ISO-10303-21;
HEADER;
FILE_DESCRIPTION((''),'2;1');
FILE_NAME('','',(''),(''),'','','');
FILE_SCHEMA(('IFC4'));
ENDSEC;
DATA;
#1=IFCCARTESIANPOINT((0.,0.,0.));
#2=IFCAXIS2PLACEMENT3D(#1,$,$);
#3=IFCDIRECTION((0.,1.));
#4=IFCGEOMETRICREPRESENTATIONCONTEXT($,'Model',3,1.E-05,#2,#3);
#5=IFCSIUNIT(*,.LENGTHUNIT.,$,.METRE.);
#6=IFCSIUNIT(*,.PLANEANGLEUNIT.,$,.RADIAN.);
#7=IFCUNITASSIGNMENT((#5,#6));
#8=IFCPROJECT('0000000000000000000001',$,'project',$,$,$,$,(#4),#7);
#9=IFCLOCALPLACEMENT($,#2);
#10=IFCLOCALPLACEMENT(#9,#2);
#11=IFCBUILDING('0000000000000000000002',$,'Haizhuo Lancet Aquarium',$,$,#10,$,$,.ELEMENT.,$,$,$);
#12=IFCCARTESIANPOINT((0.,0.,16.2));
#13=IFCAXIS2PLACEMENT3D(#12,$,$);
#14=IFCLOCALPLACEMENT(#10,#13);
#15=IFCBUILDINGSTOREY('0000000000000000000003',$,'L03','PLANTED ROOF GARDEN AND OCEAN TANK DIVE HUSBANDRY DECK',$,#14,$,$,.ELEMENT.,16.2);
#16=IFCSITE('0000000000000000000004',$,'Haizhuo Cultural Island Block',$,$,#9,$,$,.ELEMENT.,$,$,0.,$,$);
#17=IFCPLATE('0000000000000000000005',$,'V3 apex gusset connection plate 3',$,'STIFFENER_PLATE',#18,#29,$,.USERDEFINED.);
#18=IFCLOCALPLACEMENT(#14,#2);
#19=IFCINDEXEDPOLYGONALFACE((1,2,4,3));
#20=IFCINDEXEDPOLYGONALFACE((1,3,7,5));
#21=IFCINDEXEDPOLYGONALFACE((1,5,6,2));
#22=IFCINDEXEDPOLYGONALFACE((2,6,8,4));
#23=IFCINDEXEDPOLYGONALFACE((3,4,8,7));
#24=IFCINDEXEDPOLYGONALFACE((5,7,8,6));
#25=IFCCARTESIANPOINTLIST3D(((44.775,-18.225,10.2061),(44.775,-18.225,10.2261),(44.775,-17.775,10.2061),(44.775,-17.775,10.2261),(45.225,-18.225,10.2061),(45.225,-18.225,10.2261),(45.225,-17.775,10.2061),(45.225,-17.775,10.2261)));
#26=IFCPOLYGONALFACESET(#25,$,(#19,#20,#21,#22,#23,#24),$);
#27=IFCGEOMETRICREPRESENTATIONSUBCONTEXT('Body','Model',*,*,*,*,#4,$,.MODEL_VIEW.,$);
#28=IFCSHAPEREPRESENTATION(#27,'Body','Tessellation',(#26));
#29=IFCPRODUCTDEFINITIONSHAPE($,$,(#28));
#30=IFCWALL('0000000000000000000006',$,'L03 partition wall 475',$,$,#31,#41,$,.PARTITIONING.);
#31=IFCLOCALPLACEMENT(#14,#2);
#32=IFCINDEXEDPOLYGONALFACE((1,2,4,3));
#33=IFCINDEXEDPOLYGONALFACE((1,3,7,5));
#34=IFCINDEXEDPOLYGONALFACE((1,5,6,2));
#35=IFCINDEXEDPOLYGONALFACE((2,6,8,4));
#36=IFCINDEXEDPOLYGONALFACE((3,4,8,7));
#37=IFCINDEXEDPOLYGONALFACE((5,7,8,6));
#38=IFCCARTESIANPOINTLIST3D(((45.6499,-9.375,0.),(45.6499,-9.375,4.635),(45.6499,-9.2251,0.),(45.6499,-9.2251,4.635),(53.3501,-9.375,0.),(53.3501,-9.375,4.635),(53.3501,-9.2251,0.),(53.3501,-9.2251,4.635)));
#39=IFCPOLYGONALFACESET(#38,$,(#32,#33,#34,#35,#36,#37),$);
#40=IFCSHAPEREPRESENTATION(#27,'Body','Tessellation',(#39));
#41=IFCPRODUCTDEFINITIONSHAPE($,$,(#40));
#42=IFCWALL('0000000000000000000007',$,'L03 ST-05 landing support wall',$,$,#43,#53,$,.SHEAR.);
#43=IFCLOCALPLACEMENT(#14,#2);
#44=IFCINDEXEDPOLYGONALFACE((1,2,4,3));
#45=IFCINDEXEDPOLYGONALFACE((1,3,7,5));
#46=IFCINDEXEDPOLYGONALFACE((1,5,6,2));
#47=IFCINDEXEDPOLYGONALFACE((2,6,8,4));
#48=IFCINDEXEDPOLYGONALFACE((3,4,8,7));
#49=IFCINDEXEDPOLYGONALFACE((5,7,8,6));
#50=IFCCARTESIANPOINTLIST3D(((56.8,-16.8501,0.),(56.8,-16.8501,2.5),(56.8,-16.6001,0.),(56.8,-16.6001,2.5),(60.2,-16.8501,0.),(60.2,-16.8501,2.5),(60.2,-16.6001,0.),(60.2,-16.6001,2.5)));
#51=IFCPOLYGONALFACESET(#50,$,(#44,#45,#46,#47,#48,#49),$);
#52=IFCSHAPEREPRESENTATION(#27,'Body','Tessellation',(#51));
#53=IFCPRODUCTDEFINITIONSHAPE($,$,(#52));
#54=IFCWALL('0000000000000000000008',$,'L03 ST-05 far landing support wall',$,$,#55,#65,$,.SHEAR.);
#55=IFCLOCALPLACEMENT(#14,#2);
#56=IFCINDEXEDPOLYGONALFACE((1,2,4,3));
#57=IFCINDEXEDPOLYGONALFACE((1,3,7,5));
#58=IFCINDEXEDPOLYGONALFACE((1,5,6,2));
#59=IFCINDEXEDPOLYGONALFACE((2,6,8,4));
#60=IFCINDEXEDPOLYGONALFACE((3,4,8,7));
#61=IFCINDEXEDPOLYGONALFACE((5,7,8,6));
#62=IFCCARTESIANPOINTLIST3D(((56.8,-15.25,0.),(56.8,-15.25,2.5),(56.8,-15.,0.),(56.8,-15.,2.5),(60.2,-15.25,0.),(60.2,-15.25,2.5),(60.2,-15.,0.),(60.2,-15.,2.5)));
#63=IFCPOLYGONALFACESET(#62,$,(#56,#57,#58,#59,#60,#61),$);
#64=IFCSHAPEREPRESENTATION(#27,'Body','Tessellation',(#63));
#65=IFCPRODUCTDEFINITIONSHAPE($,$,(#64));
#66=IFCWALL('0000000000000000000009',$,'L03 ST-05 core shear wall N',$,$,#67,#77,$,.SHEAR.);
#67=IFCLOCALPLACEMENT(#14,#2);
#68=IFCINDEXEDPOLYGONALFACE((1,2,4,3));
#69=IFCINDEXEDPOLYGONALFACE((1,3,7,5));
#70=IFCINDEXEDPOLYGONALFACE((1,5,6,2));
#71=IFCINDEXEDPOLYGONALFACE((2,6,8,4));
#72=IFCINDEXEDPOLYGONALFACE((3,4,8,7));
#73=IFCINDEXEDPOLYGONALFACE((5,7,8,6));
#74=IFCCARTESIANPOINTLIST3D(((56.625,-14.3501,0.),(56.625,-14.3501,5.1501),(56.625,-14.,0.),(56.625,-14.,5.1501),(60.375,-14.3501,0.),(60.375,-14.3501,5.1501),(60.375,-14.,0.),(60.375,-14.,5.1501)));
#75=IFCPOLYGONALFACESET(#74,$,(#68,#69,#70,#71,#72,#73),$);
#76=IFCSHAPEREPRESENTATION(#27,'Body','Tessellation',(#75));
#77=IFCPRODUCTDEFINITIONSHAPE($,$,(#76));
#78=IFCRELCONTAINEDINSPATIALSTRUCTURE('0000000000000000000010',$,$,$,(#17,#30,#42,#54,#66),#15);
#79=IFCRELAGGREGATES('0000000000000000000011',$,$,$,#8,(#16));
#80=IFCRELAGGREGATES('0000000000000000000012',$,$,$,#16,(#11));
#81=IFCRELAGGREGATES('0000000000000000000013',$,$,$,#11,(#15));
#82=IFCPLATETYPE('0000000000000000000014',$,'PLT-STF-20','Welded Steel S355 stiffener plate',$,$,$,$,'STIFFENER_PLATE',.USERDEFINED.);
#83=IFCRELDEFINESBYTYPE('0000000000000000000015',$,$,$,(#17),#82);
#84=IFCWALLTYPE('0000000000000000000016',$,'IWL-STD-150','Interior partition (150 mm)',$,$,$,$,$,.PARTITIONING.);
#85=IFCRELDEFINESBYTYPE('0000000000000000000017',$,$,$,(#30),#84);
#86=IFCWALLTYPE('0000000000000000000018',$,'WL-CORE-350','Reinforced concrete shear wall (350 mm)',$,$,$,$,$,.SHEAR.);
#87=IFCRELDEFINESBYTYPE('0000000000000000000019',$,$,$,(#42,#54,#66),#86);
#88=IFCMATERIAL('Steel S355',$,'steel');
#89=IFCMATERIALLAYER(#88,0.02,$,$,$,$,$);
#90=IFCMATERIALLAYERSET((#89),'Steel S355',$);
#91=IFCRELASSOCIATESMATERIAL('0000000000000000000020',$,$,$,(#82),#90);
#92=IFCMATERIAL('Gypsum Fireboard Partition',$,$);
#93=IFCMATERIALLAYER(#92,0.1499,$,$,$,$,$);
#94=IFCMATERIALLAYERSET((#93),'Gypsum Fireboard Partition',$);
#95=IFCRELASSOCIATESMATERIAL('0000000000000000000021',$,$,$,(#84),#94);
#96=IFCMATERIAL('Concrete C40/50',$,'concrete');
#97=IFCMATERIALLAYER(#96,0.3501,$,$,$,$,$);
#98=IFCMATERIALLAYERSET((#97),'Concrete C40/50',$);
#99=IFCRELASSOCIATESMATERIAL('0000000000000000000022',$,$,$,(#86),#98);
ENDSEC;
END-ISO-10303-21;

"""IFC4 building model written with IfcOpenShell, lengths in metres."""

from ifc_helpers import new_model, si_unit, direction, frame, frame_2d, origin, origin_2d, place, context, subcontext, project, spatial, rectangle, extrude, material, layer, layer_set, type_object, element, save


model = new_model("IFC4")

# Units and contexts
model_context = context("Model", 3, precision=1e-05, world=origin(), true_north=direction((0.0, 1.0)))
body_context = subcontext(model_context, "Body", "Model", "MODEL_VIEW")
ifc_project = project(units=[si_unit("LENGTHUNIT", "METRE"), si_unit("PLANEANGLEUNIT", "RADIAN")], contexts=[model_context])

# Site, building, storey
site_placement = place(None, origin())
site = spatial("IfcSite", under=ifc_project, at=site_placement, Name="Haizhuo Cultural Island Block", CompositionType="ELEMENT", RefElevation=0.0)
building_placement = place(site_placement, origin())
building = spatial("IfcBuilding", under=site, at=building_placement, Name="Haizhuo Lancet Aquarium", CompositionType="ELEMENT")
storey_placement = place(building_placement, frame((0.0, 0.0, 16.2)))
storey = spatial("IfcBuildingStorey", under=building, at=storey_placement, Name="L03", Description="PLANTED ROOF GARDEN AND OCEAN TANK DIVE HUSBANDRY DECK", CompositionType="ELEMENT", Elevation=16.2)

# Shared definitions
ifc_material_1 = material(Name="Concrete C40/50", Category="concrete")

# Shared definitions
ifc_material_2 = material(Name="Steel S355", Category="steel")

# Plate
ifc_layer_1 = layer(ifc_material_2, 0.02)
ifc_layer_set_1 = layer_set([ifc_layer_1], Name="Steel S355")
plate_type_1 = type_object("IfcPlateType", Name="PLT-STF-20", Description="Welded Steel S355 stiffener plate", ElementType="STIFFENER_PLATE", PredefinedType="USERDEFINED", material=ifc_layer_set_1)
plate_1_placement = place(storey_placement, frame((45.0, -18.0, 10.2061), z_axis=(0.0, 0.0, 1.0), x_axis=(1.0, 0.0, 0.0)))
element("IfcPlate", 1, at=plate_1_placement, inside=storey, type_object=plate_type_1, Name="V3 apex gusset connection plate 3", ObjectType="STIFFENER_PLATE", PredefinedType="USERDEFINED", context=body_context, shape_type="SweptSolid", body=[
    extrude(rectangle(XDim=0.45, YDim=0.45, at=origin_2d()), origin(), (0.0, 0.0, 1.0), 0.02),
])

# Walls
ifc_material_3 = material(Name="Gypsum Fireboard Partition")
ifc_layer_2 = layer(ifc_material_3, 0.1499)
ifc_layer_set_2 = layer_set([ifc_layer_2], Name="Gypsum Fireboard Partition")
wall_type_1 = type_object("IfcWallType", Name="IWL-STD-150", Description="Interior partition (150 mm)", PredefinedType="PARTITIONING", material=ifc_layer_set_2)
wall_1_placement = place(storey_placement, frame((53.3501, -9.3, 0.0), z_axis=(0.0, 0.0, 1.0), x_axis=(-1.0, 0.0, 0.0)))
element("IfcWall", 2, at=wall_1_placement, inside=storey, type_object=wall_type_1, Name="L03 partition wall 475", PredefinedType="PARTITIONING", context=body_context, shape_type="SweptSolid", body=[
    extrude(rectangle(XDim=7.7002, YDim=0.1499, at=frame_2d((3.8501, 0.0))), origin(), (0.0, 0.0, 1.0), 4.635),
])
ifc_layer_3 = layer(ifc_material_1, 0.3501)
ifc_layer_set_3 = layer_set([ifc_layer_3], Name="Concrete C40/50")
wall_type_2 = type_object("IfcWallType", Name="WL-CORE-350", Description="Reinforced concrete shear wall (350 mm)", PredefinedType="SHEAR", material=ifc_layer_set_3)
for number, where, z_axis, x_axis, name in (
    (3, (56.8, -16.7251, 0.0), (0.0, 0.0, 1.0), (1.0, 0.0, 0.0), "L03 ST-05 landing support wall"),
    (4, (56.8, -15.125, 0.0), (0.0, 0.0, 1.0), (1.0, 0.0, 0.0), "L03 ST-05 far landing support wall"),
):
    element("IfcWall", number, at=place(storey_placement, frame(where, z_axis=z_axis, x_axis=x_axis)), inside=storey, type_object=wall_type_2, Name=name, PredefinedType="SHEAR", context=body_context, shape_type="SweptSolid", body=[
        extrude(rectangle(XDim=3.3999, YDim=0.25, at=frame_2d((1.7, 0.0))), origin(), (0.0, 0.0, 1.0), 2.5),
    ])
wall_2_placement = place(storey_placement, frame((56.625, -14.175, 0.0), z_axis=(0.0, 0.0, 1.0), x_axis=(1.0, 0.0, 0.0)))
element("IfcWall", 5, at=wall_2_placement, inside=storey, type_object=wall_type_2, Name="L03 ST-05 core shear wall N", PredefinedType="SHEAR", context=body_context, shape_type="SweptSolid", body=[
    extrude(rectangle(XDim=3.75, YDim=0.3501, at=frame_2d((1.875, 0.0))), origin(), (0.0, 0.0, 1.0), 5.1501),
])

save(model, "model.ifc")
